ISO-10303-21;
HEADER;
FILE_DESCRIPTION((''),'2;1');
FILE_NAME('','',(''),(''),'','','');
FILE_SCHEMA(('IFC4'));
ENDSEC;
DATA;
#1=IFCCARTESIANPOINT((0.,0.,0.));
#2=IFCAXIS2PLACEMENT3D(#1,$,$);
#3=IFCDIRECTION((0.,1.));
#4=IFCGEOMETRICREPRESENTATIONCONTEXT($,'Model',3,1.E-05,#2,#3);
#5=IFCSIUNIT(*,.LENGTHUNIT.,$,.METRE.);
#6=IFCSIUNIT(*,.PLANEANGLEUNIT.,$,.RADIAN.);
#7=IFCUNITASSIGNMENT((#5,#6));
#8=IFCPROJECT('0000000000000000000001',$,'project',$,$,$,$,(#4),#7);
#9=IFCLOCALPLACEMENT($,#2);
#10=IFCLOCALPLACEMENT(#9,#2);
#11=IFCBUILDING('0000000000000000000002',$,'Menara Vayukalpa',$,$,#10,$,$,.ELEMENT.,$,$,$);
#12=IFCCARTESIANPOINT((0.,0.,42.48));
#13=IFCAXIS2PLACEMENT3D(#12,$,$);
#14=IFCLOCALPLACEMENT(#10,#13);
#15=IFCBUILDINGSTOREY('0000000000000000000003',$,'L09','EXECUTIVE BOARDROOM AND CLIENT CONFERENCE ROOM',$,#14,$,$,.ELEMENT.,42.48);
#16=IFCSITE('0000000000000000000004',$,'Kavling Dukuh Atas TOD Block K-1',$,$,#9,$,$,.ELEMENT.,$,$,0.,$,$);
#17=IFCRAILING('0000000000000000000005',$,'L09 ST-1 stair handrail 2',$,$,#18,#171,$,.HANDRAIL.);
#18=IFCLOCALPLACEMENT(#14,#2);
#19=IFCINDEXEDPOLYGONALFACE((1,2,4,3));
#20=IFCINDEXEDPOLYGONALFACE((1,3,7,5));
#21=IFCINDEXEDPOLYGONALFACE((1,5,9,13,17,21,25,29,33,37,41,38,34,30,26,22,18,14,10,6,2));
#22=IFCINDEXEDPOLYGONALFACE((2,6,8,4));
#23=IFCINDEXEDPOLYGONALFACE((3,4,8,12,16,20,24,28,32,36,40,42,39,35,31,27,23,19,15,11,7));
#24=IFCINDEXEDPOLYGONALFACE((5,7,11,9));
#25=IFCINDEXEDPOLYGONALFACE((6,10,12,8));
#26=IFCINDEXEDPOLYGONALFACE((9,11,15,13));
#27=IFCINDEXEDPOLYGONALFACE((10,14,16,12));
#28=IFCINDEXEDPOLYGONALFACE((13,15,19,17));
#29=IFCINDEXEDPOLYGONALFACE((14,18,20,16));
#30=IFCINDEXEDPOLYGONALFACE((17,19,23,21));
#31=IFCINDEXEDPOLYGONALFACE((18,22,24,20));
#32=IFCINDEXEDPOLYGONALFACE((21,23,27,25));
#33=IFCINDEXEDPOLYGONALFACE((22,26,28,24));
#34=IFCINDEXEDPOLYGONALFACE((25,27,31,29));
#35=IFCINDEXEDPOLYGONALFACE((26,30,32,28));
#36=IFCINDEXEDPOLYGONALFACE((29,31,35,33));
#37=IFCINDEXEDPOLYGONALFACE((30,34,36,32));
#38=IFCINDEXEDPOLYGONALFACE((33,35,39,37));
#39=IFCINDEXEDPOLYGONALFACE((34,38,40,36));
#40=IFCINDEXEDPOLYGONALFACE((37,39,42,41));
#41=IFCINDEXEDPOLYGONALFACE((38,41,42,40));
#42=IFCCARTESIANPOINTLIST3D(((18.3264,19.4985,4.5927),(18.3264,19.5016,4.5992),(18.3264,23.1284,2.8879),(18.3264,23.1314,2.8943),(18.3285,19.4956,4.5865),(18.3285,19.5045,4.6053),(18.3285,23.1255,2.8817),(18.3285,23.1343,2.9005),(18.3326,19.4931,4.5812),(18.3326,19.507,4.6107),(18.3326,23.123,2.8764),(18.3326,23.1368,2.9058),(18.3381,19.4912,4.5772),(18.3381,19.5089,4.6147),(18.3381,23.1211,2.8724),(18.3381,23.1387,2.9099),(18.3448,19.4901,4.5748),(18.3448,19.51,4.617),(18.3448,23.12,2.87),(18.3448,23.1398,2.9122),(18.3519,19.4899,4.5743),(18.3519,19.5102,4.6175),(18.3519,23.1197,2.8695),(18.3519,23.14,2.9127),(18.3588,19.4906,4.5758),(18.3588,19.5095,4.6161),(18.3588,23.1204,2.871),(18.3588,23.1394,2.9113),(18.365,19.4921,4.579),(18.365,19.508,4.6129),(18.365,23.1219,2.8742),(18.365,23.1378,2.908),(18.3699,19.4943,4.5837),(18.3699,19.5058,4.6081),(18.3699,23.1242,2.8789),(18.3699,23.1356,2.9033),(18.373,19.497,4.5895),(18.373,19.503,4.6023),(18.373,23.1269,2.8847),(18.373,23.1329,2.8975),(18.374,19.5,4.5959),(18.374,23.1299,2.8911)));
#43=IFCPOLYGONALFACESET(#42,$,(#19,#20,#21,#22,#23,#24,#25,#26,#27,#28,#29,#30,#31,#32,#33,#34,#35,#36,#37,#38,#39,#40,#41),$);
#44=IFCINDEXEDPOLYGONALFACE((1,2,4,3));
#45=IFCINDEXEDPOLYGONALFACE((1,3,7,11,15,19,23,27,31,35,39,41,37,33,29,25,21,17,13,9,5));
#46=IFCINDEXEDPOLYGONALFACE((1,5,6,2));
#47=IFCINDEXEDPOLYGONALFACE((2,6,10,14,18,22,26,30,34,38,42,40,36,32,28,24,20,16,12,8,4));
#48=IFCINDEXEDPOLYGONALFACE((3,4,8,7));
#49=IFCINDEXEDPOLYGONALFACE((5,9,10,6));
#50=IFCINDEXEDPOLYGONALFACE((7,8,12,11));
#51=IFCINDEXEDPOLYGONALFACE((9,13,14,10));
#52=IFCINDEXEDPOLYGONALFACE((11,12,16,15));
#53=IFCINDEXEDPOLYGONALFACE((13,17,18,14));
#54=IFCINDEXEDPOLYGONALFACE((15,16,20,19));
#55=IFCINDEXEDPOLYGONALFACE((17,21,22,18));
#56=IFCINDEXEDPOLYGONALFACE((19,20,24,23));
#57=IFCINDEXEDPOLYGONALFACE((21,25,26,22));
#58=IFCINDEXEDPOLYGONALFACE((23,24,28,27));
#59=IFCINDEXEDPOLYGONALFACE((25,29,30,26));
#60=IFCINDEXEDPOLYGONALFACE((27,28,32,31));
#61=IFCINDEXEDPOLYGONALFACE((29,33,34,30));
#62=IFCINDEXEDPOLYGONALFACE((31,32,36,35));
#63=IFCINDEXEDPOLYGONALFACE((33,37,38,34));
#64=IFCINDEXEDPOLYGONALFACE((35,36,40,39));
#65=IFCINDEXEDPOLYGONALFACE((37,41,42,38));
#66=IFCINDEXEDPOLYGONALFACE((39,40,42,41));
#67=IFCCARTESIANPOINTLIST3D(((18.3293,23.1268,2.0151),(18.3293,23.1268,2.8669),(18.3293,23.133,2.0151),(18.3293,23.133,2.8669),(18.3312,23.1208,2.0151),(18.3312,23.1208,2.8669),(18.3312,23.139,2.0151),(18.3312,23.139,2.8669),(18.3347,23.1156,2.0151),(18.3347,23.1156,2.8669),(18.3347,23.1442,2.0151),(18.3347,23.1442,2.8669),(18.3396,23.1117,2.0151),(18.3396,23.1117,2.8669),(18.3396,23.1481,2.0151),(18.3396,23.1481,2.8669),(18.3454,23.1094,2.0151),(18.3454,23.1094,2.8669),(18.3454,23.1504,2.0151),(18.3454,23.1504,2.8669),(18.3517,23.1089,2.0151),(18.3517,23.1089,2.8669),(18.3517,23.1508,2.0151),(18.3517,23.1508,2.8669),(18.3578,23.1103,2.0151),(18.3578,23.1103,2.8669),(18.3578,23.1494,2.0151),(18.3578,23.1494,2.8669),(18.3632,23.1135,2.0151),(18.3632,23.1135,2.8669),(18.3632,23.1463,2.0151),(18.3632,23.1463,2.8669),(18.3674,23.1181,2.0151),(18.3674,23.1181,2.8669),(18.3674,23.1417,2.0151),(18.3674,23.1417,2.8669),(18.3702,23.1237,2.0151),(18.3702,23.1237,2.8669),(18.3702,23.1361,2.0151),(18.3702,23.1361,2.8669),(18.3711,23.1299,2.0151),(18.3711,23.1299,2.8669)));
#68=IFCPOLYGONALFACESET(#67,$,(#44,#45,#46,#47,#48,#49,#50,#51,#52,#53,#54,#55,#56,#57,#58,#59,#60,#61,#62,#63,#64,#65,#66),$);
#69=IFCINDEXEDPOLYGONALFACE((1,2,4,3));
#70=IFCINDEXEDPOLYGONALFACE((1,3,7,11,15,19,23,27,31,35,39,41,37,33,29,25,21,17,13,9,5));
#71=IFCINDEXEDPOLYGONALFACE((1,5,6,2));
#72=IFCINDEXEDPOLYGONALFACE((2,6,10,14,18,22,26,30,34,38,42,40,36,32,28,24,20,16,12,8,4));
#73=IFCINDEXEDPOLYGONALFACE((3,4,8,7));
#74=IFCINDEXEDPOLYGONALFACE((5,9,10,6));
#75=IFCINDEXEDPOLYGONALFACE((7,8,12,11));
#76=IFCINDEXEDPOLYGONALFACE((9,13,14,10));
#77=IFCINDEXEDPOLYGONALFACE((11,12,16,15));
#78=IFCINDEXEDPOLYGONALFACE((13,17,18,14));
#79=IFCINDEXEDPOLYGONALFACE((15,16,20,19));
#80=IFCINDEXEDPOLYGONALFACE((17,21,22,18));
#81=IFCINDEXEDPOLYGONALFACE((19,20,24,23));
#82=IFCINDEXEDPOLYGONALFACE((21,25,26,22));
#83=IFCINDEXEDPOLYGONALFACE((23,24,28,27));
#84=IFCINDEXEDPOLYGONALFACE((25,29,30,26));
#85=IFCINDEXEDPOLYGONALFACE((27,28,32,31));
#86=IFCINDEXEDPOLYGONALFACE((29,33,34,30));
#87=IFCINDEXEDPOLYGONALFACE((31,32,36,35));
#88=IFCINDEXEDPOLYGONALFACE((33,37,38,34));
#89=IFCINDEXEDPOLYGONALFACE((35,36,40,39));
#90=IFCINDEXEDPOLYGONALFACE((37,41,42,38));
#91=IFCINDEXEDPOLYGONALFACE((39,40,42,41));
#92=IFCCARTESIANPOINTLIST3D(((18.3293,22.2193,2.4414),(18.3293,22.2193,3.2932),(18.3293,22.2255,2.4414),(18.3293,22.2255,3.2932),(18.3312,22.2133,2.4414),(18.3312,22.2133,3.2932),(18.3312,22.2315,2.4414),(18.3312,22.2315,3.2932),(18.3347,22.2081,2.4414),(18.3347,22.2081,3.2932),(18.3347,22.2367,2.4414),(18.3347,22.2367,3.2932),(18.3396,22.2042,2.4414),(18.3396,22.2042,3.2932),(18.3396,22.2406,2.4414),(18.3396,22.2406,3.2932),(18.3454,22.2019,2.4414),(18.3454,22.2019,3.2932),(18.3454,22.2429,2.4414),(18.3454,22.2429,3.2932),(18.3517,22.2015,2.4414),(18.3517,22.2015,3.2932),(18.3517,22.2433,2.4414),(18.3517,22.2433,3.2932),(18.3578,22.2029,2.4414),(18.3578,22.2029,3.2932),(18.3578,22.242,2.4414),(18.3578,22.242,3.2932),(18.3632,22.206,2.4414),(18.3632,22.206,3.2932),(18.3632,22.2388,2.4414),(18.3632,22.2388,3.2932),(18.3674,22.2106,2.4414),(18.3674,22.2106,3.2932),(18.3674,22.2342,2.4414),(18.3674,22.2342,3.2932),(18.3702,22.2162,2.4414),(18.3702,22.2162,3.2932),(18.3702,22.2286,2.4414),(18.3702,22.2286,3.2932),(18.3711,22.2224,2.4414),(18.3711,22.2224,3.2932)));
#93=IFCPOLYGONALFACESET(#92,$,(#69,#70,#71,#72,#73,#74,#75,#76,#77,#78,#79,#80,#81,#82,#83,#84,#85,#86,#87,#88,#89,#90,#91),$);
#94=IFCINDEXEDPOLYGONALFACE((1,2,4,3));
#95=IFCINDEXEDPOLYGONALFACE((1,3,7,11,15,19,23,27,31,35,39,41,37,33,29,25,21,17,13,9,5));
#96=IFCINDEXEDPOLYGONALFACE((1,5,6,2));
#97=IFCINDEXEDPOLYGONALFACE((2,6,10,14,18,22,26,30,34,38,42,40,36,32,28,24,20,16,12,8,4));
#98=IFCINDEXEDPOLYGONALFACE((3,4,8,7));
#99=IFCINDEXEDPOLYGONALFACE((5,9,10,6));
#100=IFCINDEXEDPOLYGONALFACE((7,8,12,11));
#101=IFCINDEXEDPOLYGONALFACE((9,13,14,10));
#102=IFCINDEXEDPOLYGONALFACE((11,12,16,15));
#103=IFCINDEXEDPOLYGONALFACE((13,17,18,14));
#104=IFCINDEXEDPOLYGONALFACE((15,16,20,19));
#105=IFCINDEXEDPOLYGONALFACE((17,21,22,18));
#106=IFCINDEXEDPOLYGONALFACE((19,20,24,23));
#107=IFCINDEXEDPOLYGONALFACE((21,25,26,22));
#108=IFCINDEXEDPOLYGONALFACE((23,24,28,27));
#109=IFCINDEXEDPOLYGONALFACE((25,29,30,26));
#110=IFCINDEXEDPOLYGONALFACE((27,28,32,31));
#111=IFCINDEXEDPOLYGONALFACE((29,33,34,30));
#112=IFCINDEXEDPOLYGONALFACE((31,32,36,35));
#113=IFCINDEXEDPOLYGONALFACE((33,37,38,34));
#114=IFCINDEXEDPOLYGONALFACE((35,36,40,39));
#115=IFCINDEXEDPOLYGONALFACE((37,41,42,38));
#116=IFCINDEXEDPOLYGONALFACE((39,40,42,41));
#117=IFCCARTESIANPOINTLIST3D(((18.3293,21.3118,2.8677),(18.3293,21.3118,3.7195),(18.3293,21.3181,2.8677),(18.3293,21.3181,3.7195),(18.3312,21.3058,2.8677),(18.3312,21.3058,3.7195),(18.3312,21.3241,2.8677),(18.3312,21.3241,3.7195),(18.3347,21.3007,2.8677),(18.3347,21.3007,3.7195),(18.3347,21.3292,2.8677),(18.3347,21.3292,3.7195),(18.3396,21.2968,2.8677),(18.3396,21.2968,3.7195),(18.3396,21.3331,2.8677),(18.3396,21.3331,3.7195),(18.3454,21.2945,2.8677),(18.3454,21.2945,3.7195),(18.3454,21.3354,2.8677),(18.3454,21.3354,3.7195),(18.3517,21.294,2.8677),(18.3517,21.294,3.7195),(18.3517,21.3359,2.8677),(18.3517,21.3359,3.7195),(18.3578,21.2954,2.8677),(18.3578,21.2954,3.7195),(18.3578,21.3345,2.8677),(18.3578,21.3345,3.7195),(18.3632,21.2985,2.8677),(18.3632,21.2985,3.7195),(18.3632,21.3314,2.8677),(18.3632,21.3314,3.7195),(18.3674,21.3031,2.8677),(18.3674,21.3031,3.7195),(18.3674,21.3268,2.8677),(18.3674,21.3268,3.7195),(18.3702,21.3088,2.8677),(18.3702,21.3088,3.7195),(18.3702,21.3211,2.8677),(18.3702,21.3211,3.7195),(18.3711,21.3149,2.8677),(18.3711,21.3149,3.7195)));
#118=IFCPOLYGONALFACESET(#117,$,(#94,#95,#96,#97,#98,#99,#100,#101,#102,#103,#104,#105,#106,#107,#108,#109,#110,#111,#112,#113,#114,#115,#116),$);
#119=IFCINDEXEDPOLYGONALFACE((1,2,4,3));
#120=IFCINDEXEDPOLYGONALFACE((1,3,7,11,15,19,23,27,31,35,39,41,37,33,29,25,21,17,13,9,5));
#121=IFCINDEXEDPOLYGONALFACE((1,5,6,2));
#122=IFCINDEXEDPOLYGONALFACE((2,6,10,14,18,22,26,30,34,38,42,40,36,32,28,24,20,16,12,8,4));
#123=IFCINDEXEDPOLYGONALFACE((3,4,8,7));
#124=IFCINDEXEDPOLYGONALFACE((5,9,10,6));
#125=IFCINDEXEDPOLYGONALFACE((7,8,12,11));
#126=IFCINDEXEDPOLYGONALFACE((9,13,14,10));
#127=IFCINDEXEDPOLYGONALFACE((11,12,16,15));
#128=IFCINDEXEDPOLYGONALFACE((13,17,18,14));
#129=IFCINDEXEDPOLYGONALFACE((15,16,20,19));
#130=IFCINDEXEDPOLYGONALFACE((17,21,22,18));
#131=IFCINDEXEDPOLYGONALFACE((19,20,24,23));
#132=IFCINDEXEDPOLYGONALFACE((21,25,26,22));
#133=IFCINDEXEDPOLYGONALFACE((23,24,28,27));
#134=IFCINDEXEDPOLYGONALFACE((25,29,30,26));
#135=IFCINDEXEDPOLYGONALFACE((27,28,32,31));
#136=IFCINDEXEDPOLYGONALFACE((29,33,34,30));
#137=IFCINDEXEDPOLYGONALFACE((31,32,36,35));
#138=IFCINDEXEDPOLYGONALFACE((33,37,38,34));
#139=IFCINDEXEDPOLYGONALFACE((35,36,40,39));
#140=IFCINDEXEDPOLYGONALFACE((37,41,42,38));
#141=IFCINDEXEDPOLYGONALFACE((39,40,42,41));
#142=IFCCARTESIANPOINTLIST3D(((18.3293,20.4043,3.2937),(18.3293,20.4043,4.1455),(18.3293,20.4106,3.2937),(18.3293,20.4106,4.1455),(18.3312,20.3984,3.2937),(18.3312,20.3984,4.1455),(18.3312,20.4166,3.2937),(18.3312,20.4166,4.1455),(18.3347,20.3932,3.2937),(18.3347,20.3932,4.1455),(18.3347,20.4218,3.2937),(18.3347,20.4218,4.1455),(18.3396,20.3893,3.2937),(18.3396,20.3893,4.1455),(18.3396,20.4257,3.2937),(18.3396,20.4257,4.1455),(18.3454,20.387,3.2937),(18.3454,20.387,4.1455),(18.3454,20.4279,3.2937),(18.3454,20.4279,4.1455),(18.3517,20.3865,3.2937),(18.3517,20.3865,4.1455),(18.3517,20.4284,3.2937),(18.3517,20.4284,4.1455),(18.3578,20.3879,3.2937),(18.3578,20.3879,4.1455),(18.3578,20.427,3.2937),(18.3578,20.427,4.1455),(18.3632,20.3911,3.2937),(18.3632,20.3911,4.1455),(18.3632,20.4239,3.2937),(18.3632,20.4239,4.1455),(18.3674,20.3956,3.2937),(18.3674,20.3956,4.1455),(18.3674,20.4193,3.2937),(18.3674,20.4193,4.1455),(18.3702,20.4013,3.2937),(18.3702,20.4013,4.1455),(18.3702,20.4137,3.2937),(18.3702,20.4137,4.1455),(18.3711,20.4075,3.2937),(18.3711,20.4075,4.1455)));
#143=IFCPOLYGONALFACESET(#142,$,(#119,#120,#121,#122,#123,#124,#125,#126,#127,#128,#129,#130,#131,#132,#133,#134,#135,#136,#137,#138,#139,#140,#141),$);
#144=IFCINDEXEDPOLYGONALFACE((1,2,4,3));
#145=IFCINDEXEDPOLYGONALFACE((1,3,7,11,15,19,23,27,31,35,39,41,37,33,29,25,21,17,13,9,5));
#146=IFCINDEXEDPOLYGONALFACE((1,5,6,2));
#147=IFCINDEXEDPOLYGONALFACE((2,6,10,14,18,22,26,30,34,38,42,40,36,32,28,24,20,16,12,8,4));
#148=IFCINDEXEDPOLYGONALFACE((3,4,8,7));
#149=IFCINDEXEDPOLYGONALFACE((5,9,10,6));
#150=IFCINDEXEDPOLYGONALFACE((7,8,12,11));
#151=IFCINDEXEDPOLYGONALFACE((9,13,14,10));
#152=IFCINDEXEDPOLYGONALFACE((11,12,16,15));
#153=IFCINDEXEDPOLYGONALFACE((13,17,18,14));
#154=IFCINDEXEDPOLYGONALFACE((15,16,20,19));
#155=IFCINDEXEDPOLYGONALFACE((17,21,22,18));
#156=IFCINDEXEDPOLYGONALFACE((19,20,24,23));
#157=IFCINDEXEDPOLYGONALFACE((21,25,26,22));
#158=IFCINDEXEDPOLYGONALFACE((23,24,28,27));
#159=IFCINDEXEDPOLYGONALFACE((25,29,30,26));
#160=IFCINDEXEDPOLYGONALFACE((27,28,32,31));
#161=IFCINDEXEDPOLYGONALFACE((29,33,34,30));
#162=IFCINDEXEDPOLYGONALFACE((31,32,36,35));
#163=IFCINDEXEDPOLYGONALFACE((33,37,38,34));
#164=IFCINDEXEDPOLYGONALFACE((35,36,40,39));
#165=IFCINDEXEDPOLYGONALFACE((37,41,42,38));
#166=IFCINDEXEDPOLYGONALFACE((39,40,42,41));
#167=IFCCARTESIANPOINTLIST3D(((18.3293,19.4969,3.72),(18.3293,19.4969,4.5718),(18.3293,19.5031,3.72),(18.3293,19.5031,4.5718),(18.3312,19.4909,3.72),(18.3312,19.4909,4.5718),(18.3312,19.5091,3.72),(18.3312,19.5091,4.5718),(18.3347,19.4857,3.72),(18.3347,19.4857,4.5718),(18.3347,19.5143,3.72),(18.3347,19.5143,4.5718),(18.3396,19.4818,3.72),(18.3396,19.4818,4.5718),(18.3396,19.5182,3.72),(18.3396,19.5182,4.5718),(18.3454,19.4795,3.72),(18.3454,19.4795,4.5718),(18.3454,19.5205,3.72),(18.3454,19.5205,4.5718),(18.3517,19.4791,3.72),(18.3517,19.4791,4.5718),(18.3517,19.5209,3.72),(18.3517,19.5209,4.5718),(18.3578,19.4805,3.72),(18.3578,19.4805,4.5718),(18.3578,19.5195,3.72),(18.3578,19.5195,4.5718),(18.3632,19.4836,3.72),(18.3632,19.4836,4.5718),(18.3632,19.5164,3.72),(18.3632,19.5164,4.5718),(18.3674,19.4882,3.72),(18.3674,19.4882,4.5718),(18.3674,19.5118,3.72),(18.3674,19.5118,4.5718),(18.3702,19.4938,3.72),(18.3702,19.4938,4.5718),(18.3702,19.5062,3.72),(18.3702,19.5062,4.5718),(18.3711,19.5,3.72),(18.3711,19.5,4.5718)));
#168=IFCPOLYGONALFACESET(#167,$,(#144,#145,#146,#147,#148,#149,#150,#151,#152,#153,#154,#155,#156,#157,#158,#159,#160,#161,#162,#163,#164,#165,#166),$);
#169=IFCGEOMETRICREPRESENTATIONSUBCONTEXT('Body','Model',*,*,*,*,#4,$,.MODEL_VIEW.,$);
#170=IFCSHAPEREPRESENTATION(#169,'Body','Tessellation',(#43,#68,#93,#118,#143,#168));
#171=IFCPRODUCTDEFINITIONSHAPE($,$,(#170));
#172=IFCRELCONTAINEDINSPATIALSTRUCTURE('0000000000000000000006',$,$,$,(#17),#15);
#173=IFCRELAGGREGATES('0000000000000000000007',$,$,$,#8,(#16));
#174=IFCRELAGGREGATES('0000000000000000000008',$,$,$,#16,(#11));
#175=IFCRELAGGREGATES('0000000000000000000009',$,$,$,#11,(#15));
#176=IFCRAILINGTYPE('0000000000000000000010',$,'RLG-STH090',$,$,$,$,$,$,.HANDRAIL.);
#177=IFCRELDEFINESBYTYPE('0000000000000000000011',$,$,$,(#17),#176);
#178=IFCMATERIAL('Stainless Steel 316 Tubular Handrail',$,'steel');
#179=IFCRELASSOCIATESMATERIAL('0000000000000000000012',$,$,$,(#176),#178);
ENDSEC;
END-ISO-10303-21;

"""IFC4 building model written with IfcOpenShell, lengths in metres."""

from ifc_helpers import new_model, si_unit, direction, frame, origin, origin_2d, place, context, subcontext, project, spatial, circle, extrude, material, type_object, element, save


model = new_model("IFC4")

# Units and contexts
model_context = context("Model", 3, precision=1e-05, world=origin(), true_north=direction((0.0, 1.0)))
body_context = subcontext(model_context, "Body", "Model", "MODEL_VIEW")
ifc_project = project(units=[si_unit("LENGTHUNIT", "METRE"), si_unit("PLANEANGLEUNIT", "RADIAN")], contexts=[model_context])

# Site, building, storey
site_placement = place(None, origin())
site = spatial("IfcSite", under=ifc_project, at=site_placement, Name="Kavling Dukuh Atas TOD Block K-1", CompositionType="ELEMENT", RefElevation=0.0)
building_placement = place(site_placement, origin())
building = spatial("IfcBuilding", under=site, at=building_placement, Name="Menara Vayukalpa", CompositionType="ELEMENT")
storey_placement = place(building_placement, frame((0.0, 0.0, 42.48)))
storey = spatial("IfcBuildingStorey", under=building, at=storey_placement, Name="L09", Description="EXECUTIVE BOARDROOM AND CLIENT CONFERENCE ROOM", CompositionType="ELEMENT", Elevation=42.48)

# Railing
ifc_material_1 = material(Name="Stainless Steel 316 Tubular Handrail", Category="steel")
railing_type_1 = type_object("IfcRailingType", Name="RLG-STH090", PredefinedType="HANDRAIL", material=ifc_material_1)
railing_1_placement = place(storey_placement, frame((18.3501, 23.1299, 2.0151)))
element("IfcRailing", 1, at=railing_1_placement, inside=storey, type_object=railing_type_1, Name="L09 ST-1 stair handrail 2", PredefinedType="HANDRAIL", context=body_context, shape_type="SweptSolid", body=[
    extrude(circle(Radius=0.0239, at=origin_2d()), frame((0.0, 0.0, 0.876), z_axis=(0.0, -0.90514, 0.425114), x_axis=(1.0, 0.0, 0.0)), (0.0, 0.0, 1.0), 4.0103),
    extrude(circle(Radius=0.021, at=origin_2d()), origin(), (0.0, 0.0, 1.0), 0.8518),
    extrude(circle(Radius=0.021, at=origin_2d()), frame((0.0, -0.9075, 0.4263)), (0.0, 0.0, 1.0), 0.8518),
    extrude(circle(Radius=0.021, at=origin_2d()), frame((0.0, -1.8149, 0.8525)), (0.0, 0.0, 1.0), 0.8518),
    extrude(circle(Radius=0.021, at=origin_2d()), frame((0.0, -2.7224, 1.2786)), (0.0, 0.0, 1.0), 0.8518),
    extrude(circle(Radius=0.021, at=origin_2d()), frame((0.0, -3.6299, 1.7048)), (0.0, 0.0, 1.0), 0.8518),
])

save(model, "model.ifc")
